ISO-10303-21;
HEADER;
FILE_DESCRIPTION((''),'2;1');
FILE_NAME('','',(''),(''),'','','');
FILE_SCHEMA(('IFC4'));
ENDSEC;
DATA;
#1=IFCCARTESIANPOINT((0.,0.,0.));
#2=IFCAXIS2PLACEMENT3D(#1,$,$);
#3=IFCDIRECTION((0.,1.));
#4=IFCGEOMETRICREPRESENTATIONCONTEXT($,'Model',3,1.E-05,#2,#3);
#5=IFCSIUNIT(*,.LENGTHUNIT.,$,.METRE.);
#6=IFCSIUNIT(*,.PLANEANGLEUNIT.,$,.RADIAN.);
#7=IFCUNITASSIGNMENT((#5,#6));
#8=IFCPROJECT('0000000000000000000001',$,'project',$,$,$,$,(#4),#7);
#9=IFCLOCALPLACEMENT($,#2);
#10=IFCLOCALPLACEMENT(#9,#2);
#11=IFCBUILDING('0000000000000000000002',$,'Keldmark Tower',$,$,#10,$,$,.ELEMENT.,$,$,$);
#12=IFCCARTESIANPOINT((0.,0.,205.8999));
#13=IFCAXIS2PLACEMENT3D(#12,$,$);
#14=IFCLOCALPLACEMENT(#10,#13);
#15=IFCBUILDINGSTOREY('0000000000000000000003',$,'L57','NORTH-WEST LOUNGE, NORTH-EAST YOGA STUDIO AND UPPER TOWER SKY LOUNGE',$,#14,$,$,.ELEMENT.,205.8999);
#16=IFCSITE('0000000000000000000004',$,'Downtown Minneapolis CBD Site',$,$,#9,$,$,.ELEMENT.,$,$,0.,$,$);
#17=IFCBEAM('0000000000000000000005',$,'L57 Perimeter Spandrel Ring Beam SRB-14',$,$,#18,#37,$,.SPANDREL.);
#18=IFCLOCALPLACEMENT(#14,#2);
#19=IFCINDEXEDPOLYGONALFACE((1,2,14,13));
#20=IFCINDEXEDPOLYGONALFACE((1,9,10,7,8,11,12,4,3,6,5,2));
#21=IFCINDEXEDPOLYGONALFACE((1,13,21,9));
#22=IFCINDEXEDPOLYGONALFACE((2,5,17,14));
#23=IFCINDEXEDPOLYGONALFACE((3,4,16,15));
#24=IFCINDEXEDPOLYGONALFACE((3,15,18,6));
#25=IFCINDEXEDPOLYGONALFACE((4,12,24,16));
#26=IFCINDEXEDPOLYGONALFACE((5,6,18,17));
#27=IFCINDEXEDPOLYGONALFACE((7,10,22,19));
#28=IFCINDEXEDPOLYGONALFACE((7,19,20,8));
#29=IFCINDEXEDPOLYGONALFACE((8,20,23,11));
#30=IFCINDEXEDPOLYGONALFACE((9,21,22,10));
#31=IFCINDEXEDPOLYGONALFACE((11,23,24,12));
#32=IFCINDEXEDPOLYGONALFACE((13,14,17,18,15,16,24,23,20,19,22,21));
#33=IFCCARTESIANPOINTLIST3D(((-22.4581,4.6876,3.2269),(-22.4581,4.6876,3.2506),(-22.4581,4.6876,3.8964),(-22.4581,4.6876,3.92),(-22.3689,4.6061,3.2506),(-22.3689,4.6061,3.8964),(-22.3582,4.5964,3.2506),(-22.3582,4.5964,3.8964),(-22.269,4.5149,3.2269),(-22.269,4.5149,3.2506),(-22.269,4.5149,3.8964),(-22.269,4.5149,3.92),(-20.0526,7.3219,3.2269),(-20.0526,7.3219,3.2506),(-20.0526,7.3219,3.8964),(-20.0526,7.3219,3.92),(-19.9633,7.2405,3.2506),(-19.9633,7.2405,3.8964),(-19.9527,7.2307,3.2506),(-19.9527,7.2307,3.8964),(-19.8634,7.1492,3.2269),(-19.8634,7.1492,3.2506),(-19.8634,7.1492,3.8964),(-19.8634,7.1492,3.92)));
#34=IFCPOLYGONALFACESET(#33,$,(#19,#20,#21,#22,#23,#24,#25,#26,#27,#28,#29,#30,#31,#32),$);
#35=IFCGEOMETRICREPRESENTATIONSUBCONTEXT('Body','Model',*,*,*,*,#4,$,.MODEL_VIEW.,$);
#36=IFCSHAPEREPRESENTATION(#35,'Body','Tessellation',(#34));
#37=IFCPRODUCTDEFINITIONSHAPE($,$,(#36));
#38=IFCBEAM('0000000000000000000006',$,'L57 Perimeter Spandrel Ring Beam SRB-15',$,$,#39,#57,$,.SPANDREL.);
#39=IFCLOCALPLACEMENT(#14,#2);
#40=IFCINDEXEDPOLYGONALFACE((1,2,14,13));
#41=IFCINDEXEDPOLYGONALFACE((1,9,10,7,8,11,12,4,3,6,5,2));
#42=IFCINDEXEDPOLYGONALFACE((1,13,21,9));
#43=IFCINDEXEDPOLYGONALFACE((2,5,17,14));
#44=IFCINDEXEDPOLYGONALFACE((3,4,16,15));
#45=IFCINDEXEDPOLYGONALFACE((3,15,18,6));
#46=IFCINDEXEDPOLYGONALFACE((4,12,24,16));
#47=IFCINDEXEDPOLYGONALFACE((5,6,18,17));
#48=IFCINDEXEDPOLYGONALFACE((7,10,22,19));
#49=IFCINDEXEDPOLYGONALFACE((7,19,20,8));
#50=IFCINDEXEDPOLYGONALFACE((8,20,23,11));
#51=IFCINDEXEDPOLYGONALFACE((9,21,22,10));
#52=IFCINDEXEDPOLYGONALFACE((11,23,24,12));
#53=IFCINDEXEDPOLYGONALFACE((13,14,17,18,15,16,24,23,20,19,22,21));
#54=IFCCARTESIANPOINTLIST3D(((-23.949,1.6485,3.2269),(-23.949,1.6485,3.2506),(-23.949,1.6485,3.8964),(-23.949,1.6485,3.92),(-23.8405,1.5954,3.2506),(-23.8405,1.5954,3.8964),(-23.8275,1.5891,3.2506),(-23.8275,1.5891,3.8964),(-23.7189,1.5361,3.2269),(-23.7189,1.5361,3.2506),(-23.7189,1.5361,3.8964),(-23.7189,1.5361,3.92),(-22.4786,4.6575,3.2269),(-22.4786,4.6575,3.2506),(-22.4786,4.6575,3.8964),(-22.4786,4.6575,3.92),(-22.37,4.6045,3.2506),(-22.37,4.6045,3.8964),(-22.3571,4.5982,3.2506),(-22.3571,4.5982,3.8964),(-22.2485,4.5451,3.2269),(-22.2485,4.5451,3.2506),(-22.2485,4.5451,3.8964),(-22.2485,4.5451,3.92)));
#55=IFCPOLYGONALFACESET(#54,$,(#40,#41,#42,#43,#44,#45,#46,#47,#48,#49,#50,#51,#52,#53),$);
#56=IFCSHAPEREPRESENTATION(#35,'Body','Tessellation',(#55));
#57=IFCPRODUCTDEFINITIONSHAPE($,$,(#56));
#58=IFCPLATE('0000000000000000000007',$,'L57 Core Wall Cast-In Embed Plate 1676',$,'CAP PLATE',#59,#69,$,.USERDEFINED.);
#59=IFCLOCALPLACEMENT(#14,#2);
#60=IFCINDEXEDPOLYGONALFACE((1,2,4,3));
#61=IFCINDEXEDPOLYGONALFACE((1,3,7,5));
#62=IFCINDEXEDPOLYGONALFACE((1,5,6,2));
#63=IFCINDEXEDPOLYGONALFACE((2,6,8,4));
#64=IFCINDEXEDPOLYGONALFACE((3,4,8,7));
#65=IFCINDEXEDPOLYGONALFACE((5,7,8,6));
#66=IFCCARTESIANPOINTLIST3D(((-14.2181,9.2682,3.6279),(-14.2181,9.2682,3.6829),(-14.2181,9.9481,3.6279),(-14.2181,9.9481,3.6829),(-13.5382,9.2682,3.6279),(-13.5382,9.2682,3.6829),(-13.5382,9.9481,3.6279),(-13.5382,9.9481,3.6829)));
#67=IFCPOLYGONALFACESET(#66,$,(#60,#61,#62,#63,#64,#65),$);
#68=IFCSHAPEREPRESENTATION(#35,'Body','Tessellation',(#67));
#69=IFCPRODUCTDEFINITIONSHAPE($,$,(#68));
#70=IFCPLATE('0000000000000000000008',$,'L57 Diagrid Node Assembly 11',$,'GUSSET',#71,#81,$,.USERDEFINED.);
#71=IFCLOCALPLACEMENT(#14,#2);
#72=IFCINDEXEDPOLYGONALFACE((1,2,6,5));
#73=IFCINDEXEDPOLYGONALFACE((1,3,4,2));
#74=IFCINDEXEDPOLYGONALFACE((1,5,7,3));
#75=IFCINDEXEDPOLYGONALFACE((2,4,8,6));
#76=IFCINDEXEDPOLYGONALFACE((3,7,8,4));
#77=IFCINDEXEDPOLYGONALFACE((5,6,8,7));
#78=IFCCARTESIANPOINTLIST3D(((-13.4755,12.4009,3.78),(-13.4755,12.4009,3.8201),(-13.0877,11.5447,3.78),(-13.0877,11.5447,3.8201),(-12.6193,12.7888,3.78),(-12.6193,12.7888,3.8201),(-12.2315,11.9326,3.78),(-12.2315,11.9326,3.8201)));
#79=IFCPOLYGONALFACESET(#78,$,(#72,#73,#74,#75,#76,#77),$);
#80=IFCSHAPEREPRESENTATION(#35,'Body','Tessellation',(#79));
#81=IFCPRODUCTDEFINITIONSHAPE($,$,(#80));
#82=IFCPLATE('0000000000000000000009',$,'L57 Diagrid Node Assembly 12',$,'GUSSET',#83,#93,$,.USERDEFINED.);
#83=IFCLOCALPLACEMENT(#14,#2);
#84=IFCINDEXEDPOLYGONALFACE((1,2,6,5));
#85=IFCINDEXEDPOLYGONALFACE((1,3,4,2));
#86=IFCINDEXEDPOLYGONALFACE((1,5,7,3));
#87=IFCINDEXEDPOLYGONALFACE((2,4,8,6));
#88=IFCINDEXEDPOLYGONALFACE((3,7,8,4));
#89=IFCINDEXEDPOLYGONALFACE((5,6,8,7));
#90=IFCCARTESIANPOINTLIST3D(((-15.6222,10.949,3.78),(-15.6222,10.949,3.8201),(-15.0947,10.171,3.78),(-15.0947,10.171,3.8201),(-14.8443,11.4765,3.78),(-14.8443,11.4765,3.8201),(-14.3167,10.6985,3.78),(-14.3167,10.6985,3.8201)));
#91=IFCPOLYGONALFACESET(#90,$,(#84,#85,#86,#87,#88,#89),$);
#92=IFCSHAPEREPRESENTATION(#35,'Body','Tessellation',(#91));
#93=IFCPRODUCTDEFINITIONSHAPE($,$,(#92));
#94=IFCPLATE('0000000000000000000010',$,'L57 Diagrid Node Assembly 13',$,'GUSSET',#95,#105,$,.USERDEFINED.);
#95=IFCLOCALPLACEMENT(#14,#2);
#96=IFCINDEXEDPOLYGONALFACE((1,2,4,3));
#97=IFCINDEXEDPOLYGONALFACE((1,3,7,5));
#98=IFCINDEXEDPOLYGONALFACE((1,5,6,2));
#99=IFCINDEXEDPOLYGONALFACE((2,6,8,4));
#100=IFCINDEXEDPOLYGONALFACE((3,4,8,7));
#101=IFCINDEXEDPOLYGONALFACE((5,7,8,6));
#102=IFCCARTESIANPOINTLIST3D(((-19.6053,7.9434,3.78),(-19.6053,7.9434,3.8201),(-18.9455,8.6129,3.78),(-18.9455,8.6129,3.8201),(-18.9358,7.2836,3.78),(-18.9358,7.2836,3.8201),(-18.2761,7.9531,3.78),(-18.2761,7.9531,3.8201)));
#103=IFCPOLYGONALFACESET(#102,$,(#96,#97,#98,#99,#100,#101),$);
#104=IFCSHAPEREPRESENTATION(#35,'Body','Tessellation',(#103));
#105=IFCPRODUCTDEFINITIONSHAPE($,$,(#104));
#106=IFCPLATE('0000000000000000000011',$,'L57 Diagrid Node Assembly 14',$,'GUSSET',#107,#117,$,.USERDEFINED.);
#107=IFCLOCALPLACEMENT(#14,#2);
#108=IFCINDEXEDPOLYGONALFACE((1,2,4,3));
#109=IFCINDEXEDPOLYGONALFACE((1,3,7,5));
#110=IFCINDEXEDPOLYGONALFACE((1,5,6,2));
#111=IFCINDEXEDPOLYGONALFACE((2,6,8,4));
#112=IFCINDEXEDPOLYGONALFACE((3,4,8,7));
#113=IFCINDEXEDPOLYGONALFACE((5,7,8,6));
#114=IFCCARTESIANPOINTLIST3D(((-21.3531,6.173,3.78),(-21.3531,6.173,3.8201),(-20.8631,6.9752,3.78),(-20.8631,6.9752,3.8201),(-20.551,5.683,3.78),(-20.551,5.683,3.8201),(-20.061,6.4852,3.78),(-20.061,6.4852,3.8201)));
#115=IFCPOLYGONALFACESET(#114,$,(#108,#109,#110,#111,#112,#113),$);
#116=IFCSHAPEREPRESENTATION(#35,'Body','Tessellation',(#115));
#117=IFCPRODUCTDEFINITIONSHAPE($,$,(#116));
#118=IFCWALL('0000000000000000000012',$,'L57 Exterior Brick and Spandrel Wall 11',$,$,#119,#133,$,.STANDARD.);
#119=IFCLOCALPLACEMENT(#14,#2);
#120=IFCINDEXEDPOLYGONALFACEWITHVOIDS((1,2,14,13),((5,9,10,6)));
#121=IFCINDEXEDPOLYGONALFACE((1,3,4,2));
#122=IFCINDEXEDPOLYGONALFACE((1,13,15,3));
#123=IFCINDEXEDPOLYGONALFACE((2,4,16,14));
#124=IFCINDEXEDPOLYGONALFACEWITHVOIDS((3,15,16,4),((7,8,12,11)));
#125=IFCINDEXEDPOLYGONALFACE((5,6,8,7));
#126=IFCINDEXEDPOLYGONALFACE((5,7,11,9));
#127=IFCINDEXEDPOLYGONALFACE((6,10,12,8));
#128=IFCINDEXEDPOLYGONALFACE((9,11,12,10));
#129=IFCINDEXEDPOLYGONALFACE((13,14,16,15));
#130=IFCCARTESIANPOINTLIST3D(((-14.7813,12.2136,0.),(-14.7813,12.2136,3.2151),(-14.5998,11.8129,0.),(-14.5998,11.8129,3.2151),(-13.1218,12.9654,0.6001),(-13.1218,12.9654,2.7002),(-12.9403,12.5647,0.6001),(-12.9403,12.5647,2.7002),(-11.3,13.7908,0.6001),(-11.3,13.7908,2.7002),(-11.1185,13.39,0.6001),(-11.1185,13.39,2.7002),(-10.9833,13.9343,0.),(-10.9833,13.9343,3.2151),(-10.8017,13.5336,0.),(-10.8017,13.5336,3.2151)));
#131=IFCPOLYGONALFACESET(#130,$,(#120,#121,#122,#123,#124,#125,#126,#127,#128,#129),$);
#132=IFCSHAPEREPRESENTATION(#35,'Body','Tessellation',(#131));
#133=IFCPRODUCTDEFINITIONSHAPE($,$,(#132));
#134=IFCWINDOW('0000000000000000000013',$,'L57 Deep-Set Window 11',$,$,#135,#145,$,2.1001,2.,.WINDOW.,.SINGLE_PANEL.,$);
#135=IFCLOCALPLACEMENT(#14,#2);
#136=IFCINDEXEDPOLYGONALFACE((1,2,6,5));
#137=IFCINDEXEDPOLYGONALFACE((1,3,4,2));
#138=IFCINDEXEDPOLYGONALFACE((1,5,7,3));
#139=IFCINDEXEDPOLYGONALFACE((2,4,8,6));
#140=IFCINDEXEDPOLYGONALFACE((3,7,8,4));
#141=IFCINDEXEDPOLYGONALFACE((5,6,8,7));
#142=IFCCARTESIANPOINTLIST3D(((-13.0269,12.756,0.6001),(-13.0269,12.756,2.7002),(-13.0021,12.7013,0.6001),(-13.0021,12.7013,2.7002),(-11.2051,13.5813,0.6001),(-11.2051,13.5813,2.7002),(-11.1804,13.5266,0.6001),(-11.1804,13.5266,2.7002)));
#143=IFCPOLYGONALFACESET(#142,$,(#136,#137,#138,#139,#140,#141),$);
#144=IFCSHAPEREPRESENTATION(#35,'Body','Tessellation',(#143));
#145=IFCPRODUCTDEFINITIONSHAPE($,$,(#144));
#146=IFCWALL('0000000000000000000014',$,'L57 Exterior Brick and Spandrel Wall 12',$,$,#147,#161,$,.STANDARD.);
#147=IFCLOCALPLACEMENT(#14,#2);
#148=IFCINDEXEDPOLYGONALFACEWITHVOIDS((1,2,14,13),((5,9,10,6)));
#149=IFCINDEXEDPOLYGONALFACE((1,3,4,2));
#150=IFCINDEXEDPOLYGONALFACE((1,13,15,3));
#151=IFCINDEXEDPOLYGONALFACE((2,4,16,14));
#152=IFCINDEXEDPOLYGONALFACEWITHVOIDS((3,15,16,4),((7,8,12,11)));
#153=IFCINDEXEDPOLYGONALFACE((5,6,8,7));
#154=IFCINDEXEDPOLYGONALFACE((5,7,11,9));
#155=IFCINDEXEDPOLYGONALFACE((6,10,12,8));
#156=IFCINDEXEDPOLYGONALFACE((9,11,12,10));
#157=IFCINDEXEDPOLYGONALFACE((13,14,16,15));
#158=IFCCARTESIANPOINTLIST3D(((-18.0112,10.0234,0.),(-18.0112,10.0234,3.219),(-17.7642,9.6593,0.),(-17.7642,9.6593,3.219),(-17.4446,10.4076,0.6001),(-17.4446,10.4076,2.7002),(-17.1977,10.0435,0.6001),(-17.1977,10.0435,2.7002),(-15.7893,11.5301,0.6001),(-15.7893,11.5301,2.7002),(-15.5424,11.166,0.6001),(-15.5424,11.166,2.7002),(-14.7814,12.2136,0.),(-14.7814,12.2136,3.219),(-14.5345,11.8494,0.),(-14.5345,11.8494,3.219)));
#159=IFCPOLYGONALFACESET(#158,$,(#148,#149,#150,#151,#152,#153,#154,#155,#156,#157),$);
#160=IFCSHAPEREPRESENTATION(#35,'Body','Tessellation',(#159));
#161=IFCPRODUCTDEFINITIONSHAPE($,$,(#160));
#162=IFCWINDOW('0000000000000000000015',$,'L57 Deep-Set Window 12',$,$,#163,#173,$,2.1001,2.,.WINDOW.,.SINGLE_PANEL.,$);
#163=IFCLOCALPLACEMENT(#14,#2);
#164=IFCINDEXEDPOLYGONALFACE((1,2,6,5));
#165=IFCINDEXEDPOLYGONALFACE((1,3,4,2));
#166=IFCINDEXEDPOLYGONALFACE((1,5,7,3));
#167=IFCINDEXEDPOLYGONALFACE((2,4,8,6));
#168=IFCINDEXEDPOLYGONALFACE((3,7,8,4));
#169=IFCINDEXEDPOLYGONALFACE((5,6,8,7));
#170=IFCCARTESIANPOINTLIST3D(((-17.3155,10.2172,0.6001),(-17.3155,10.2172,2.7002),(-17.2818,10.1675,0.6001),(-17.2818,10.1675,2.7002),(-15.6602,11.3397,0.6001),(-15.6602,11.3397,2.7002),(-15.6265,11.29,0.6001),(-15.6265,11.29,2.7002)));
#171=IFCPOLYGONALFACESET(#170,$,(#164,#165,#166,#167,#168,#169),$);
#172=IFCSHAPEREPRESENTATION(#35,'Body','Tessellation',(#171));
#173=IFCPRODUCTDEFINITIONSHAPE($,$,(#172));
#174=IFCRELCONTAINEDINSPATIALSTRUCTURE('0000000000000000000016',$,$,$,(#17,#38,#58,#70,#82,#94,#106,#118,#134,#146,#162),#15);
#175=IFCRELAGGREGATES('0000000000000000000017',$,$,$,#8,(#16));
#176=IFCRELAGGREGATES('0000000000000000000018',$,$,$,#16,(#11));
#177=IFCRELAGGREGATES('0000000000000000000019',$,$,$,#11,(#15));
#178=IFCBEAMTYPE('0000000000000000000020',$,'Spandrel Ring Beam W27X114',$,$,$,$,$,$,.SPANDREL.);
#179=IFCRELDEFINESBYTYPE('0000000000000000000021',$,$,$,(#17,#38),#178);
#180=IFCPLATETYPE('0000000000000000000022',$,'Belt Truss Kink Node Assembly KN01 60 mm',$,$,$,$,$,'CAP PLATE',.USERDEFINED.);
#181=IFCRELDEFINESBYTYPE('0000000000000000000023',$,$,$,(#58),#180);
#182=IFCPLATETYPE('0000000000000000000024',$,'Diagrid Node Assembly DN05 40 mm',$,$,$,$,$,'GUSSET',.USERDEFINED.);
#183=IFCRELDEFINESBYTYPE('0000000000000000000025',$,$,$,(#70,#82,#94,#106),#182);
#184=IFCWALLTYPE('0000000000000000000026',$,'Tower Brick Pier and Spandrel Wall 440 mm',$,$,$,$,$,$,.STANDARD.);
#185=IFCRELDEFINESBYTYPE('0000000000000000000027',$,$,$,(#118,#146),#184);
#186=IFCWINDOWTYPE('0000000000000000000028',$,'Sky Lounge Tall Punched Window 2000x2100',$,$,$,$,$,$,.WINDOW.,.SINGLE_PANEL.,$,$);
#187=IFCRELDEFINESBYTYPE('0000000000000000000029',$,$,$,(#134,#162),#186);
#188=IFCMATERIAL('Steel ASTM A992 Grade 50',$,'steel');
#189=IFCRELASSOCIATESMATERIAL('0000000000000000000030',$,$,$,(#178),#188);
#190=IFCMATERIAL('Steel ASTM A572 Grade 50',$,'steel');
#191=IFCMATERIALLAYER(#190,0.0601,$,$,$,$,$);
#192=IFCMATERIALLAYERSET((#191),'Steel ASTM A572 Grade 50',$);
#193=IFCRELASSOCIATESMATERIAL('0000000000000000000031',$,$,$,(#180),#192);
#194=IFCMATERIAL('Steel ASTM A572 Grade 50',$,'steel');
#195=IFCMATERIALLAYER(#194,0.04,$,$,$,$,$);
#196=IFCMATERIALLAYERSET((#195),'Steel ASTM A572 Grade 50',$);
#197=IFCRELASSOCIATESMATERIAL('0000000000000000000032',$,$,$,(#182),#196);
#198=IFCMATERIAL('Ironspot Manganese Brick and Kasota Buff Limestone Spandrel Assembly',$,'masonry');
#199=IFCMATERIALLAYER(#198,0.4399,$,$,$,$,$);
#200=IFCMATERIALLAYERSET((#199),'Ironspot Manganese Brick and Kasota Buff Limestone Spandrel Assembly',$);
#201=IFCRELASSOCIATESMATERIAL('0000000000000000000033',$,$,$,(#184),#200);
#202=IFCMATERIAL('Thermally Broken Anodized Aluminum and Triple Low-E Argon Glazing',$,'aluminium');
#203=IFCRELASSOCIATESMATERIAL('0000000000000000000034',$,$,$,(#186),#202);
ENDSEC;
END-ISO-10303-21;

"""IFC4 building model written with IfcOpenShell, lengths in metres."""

from ifc_helpers import new_model, si_unit, direction, frame, frame_2d, origin, origin_2d, place, context, subcontext, project, spatial, rectangle, i_section, extrude, material, layer, layer_set, material_profile, profile_set, type_object, element, fill, save


model = new_model("IFC4")

# Units and contexts
model_context = context("Model", 3, precision=1e-05, world=origin(), true_north=direction((0.0, 1.0)))
body_context = subcontext(model_context, "Body", "Model", "MODEL_VIEW")
ifc_project = project(units=[si_unit("LENGTHUNIT", "METRE"), si_unit("PLANEANGLEUNIT", "RADIAN")], contexts=[model_context])

# Site, building, storey
site_placement = place(None, origin())
site = spatial("IfcSite", under=ifc_project, at=site_placement, Name="Downtown Minneapolis CBD Site", CompositionType="ELEMENT", RefElevation=0.0)
building_placement = place(site_placement, origin())
building = spatial("IfcBuilding", under=site, at=building_placement, Name="Keldmark Tower", CompositionType="ELEMENT")
storey_placement = place(building_placement, frame((0.0, 0.0, 205.8999)))
storey = spatial("IfcBuildingStorey", under=building, at=storey_placement, Name="L57", Description="NORTH-WEST LOUNGE, NORTH-EAST YOGA STUDIO AND UPPER TOWER SKY LOUNGE", CompositionType="ELEMENT", Elevation=205.8999)

# Beams
ifc_material_1 = material(Name="Steel ASTM A992 Grade 50", Category="steel")
ifc_material_profile_1 = material_profile(ifc_material_1, i_section(OverallWidth=0.2561, OverallDepth=0.6931, WebThickness=0.0144, FlangeThickness=0.0237, at=origin_2d()), Name="W27X114")
ifc_profile_set_1 = profile_set([ifc_material_profile_1], Name="Steel ASTM A992 Grade 50")
beam_type_1 = type_object("IfcBeamType", Name="Spandrel Ring Beam W27X114", PredefinedType="SPANDREL", material=ifc_profile_set_1)
beam_1_placement = place(storey_placement, frame((-19.958, 7.2356, 3.5735), z_axis=(-0.674316, -0.738443, 0.0), x_axis=(0.738443, -0.674316, 0.0)))
element("IfcBeam", 1, at=beam_1_placement, inside=storey, type_object=beam_type_1, Name="L57 Perimeter Spandrel Ring Beam SRB-14", PredefinedType="SPANDREL", context=body_context, shape_type="SweptSolid", body=[
    extrude(i_section(OverallWidth=0.2561, OverallDepth=0.6931, WebThickness=0.0144, FlangeThickness=0.0237, at=origin_2d()), origin(), (0.0, 0.0, 1.0), 3.5674),
])
beam_2_placement = place(storey_placement, frame((-22.3635, 4.6013, 3.5735), z_axis=(-0.43906, -0.898458, 0.0), x_axis=(0.898458, -0.43906, 0.0)))
element("IfcBeam", 2, at=beam_2_placement, inside=storey, type_object=beam_type_1, Name="L57 Perimeter Spandrel Ring Beam SRB-15", PredefinedType="SPANDREL", context=body_context, shape_type="SweptSolid", body=[
    extrude(i_section(OverallWidth=0.2561, OverallDepth=0.6931, WebThickness=0.0144, FlangeThickness=0.0237, at=origin_2d()), origin(), (0.0, 0.0, 1.0), 3.3491),
])

# Plates
ifc_material_2 = material(Name="Steel ASTM A572 Grade 50", Category="steel")
ifc_layer_1 = layer(ifc_material_2, 0.0601)
ifc_layer_set_1 = layer_set([ifc_layer_1], Name="Steel ASTM A572 Grade 50")
plate_type_1 = type_object("IfcPlateType", Name="Belt Truss Kink Node Assembly KN01 60 mm", ElementType="CAP PLATE", PredefinedType="USERDEFINED", material=ifc_layer_set_1)
plate_placement = place(storey_placement, frame((-13.8782, 9.6082, 3.6279), z_axis=(0.0, 0.0, 1.0), x_axis=(1.0, 0.0, 0.0)))
element("IfcPlate", 3, at=plate_placement, inside=storey, type_object=plate_type_1, Name="L57 Core Wall Cast-In Embed Plate 1676", ObjectType="CAP PLATE", PredefinedType="USERDEFINED", context=body_context, shape_type="SweptSolid", body=[
    extrude(rectangle(XDim=0.6799, YDim=0.6799, at=origin_2d()), origin(), (0.0, 0.0, 1.0), 0.0549),
])
ifc_material_3 = material(Name="Steel ASTM A572 Grade 50", Category="steel")
ifc_layer_2 = layer(ifc_material_3, 0.04)
ifc_layer_set_2 = layer_set([ifc_layer_2], Name="Steel ASTM A572 Grade 50")
plate_type_2 = type_object("IfcPlateType", Name="Diagrid Node Assembly DN05 40 mm", ElementType="GUSSET", PredefinedType="USERDEFINED", material=ifc_layer_set_2)
for number, where, z_axis, x_axis, name in (
    (4, (-12.8535, 12.1667, 3.78), (0.0, 0.0, 1.0), (-0.9109, -0.412628, 0.0), "L57 Diagrid Node Assembly 11"),
    (5, (-14.9695, 10.8237, 3.78), (0.0, 0.0, 1.0), (-0.827669, -0.561217, 0.0), "L57 Diagrid Node Assembly 12"),
    (6, (-18.9407, 7.9482, 3.78), (0.0, 0.0, 1.0), (-0.701904, -0.712271, 0.0), "L57 Diagrid Node Assembly 13"),
    (7, (-20.707, 6.3291, 3.78), (0.0, 0.0, 1.0), (-0.521308, -0.853369, 0.0), "L57 Diagrid Node Assembly 14"),
):
    element("IfcPlate", number, at=place(storey_placement, frame(where, z_axis=z_axis, x_axis=x_axis)), inside=storey, type_object=plate_type_2, Name=name, ObjectType="GUSSET", PredefinedType="USERDEFINED", context=body_context, shape_type="SweptSolid", body=[
        extrude(rectangle(XDim=0.9399, YDim=0.9399, at=origin_2d()), origin(), (0.0, 0.0, 1.0), 0.04),
    ])

# Walls, openings, windows
ifc_material_4 = material(Name="Ironspot Manganese Brick and Kasota Buff Limestone Spandrel Assembly", Category="masonry")
ifc_layer_3 = layer(ifc_material_4, 0.4399)
ifc_layer_set_3 = layer_set([ifc_layer_3], Name="Ironspot Manganese Brick and Kasota Buff Limestone Spandrel Assembly")
wall_type_1 = type_object("IfcWallType", Name="Tower Brick Pier and Spandrel Wall 440 mm", PredefinedType="STANDARD", material=ifc_layer_set_3)
wall_1_placement = place(storey_placement, frame((-14.6907, 12.0132, 0.0), z_axis=(0.0, 0.0, 1.0), x_axis=(0.910881, 0.412669, 0.0)))
wall_1 = element("IfcWall", 8, at=wall_1_placement, inside=storey, type_object=wall_type_1, Name="L57 Exterior Brick and Spandrel Wall 11", PredefinedType="STANDARD", context=body_context, shape_type="SweptSolid", body=[
    extrude(rectangle(XDim=4.1697, YDim=0.4399, at=frame_2d((2.085, 0.0))), origin(), (0.0, 0.0, 1.0), 3.2151),
])
opening_1_placement = place(wall_1_placement, frame((1.822, 0.0, 0.6001)))
opening_1 = element("IfcOpeningElement", 9, at=opening_1_placement, cuts=wall_1, PredefinedType="OPENING", context=body_context, shape_type="SweptSolid", body=[
    extrude(rectangle(XDim=2.0, YDim=2.1001, at=frame_2d((1.0, 1.05))), frame((0.0, 0.23, 0.0), z_axis=(0.0, -1.0, 0.0), x_axis=(1.0, 0.0, 0.0)), (0.0, 0.0, 1.0), 0.46),
])
ifc_material_5 = material(Name="Thermally Broken Anodized Aluminum and Triple Low-E Argon Glazing", Category="aluminium")
window_type_1 = type_object("IfcWindowType", Name="Sky Lounge Tall Punched Window 2000x2100", PartitioningType="SINGLE_PANEL", PredefinedType="WINDOW", material=ifc_material_5)
window_1_placement = place(opening_1_placement, origin())
window_1 = element("IfcWindow", 10, at=window_1_placement, inside=storey, type_object=window_type_1, Name="L57 Deep-Set Window 11", OverallHeight=2.1001, OverallWidth=2.0, PartitioningType="SINGLE_PANEL", PredefinedType="WINDOW", context=body_context, shape_type="SweptSolid", body=[
    extrude(rectangle(XDim=2.0, YDim=2.1001, at=frame_2d((1.0, 1.05))), frame((0.0, -0.01, 0.0), z_axis=(0.0, -1.0, 0.0), x_axis=(1.0, 0.0, 0.0)), (0.0, 0.0, 1.0), 0.0601),
])
fill(opening_1, window_1)
wall_2_placement = place(storey_placement, frame((-17.8877, 9.8413, 0.0), z_axis=(0.0, 0.0, 1.0), x_axis=(0.827645, 0.561252, 0.0)))
wall_2 = element("IfcWall", 11, at=wall_2_placement, inside=storey, type_object=wall_type_1, Name="L57 Exterior Brick and Spandrel Wall 12", PredefinedType="STANDARD", context=body_context, shape_type="SweptSolid", body=[
    extrude(rectangle(XDim=3.9023, YDim=0.4399, at=frame_2d((1.9512, 0.0))), origin(), (0.0, 0.0, 1.0), 3.219),
])
opening_2_placement = place(wall_2_placement, frame((0.6846, 0.0, 0.6001)))
opening_2 = element("IfcOpeningElement", 12, at=opening_2_placement, cuts=wall_2, PredefinedType="OPENING", context=body_context, shape_type="SweptSolid", body=[
    extrude(rectangle(XDim=2.0, YDim=2.1001, at=frame_2d((1.0, 1.05))), frame((0.0, 0.23, 0.0), z_axis=(0.0, -1.0, 0.0), x_axis=(1.0, 0.0, 0.0)), (0.0, 0.0, 1.0), 0.46),
])
window_2_placement = place(opening_2_placement, origin())
window_2 = element("IfcWindow", 13, at=window_2_placement, inside=storey, type_object=window_type_1, Name="L57 Deep-Set Window 12", OverallHeight=2.1001, OverallWidth=2.0, PartitioningType="SINGLE_PANEL", PredefinedType="WINDOW", context=body_context, shape_type="SweptSolid", body=[
    extrude(rectangle(XDim=2.0, YDim=2.1001, at=frame_2d((1.0, 1.05))), frame((0.0, -0.01, 0.0), z_axis=(0.0, -1.0, 0.0), x_axis=(1.0, 0.0, 0.0)), (0.0, 0.0, 1.0), 0.0601),
])
fill(opening_2, window_2)

save(model, "model.ifc")
